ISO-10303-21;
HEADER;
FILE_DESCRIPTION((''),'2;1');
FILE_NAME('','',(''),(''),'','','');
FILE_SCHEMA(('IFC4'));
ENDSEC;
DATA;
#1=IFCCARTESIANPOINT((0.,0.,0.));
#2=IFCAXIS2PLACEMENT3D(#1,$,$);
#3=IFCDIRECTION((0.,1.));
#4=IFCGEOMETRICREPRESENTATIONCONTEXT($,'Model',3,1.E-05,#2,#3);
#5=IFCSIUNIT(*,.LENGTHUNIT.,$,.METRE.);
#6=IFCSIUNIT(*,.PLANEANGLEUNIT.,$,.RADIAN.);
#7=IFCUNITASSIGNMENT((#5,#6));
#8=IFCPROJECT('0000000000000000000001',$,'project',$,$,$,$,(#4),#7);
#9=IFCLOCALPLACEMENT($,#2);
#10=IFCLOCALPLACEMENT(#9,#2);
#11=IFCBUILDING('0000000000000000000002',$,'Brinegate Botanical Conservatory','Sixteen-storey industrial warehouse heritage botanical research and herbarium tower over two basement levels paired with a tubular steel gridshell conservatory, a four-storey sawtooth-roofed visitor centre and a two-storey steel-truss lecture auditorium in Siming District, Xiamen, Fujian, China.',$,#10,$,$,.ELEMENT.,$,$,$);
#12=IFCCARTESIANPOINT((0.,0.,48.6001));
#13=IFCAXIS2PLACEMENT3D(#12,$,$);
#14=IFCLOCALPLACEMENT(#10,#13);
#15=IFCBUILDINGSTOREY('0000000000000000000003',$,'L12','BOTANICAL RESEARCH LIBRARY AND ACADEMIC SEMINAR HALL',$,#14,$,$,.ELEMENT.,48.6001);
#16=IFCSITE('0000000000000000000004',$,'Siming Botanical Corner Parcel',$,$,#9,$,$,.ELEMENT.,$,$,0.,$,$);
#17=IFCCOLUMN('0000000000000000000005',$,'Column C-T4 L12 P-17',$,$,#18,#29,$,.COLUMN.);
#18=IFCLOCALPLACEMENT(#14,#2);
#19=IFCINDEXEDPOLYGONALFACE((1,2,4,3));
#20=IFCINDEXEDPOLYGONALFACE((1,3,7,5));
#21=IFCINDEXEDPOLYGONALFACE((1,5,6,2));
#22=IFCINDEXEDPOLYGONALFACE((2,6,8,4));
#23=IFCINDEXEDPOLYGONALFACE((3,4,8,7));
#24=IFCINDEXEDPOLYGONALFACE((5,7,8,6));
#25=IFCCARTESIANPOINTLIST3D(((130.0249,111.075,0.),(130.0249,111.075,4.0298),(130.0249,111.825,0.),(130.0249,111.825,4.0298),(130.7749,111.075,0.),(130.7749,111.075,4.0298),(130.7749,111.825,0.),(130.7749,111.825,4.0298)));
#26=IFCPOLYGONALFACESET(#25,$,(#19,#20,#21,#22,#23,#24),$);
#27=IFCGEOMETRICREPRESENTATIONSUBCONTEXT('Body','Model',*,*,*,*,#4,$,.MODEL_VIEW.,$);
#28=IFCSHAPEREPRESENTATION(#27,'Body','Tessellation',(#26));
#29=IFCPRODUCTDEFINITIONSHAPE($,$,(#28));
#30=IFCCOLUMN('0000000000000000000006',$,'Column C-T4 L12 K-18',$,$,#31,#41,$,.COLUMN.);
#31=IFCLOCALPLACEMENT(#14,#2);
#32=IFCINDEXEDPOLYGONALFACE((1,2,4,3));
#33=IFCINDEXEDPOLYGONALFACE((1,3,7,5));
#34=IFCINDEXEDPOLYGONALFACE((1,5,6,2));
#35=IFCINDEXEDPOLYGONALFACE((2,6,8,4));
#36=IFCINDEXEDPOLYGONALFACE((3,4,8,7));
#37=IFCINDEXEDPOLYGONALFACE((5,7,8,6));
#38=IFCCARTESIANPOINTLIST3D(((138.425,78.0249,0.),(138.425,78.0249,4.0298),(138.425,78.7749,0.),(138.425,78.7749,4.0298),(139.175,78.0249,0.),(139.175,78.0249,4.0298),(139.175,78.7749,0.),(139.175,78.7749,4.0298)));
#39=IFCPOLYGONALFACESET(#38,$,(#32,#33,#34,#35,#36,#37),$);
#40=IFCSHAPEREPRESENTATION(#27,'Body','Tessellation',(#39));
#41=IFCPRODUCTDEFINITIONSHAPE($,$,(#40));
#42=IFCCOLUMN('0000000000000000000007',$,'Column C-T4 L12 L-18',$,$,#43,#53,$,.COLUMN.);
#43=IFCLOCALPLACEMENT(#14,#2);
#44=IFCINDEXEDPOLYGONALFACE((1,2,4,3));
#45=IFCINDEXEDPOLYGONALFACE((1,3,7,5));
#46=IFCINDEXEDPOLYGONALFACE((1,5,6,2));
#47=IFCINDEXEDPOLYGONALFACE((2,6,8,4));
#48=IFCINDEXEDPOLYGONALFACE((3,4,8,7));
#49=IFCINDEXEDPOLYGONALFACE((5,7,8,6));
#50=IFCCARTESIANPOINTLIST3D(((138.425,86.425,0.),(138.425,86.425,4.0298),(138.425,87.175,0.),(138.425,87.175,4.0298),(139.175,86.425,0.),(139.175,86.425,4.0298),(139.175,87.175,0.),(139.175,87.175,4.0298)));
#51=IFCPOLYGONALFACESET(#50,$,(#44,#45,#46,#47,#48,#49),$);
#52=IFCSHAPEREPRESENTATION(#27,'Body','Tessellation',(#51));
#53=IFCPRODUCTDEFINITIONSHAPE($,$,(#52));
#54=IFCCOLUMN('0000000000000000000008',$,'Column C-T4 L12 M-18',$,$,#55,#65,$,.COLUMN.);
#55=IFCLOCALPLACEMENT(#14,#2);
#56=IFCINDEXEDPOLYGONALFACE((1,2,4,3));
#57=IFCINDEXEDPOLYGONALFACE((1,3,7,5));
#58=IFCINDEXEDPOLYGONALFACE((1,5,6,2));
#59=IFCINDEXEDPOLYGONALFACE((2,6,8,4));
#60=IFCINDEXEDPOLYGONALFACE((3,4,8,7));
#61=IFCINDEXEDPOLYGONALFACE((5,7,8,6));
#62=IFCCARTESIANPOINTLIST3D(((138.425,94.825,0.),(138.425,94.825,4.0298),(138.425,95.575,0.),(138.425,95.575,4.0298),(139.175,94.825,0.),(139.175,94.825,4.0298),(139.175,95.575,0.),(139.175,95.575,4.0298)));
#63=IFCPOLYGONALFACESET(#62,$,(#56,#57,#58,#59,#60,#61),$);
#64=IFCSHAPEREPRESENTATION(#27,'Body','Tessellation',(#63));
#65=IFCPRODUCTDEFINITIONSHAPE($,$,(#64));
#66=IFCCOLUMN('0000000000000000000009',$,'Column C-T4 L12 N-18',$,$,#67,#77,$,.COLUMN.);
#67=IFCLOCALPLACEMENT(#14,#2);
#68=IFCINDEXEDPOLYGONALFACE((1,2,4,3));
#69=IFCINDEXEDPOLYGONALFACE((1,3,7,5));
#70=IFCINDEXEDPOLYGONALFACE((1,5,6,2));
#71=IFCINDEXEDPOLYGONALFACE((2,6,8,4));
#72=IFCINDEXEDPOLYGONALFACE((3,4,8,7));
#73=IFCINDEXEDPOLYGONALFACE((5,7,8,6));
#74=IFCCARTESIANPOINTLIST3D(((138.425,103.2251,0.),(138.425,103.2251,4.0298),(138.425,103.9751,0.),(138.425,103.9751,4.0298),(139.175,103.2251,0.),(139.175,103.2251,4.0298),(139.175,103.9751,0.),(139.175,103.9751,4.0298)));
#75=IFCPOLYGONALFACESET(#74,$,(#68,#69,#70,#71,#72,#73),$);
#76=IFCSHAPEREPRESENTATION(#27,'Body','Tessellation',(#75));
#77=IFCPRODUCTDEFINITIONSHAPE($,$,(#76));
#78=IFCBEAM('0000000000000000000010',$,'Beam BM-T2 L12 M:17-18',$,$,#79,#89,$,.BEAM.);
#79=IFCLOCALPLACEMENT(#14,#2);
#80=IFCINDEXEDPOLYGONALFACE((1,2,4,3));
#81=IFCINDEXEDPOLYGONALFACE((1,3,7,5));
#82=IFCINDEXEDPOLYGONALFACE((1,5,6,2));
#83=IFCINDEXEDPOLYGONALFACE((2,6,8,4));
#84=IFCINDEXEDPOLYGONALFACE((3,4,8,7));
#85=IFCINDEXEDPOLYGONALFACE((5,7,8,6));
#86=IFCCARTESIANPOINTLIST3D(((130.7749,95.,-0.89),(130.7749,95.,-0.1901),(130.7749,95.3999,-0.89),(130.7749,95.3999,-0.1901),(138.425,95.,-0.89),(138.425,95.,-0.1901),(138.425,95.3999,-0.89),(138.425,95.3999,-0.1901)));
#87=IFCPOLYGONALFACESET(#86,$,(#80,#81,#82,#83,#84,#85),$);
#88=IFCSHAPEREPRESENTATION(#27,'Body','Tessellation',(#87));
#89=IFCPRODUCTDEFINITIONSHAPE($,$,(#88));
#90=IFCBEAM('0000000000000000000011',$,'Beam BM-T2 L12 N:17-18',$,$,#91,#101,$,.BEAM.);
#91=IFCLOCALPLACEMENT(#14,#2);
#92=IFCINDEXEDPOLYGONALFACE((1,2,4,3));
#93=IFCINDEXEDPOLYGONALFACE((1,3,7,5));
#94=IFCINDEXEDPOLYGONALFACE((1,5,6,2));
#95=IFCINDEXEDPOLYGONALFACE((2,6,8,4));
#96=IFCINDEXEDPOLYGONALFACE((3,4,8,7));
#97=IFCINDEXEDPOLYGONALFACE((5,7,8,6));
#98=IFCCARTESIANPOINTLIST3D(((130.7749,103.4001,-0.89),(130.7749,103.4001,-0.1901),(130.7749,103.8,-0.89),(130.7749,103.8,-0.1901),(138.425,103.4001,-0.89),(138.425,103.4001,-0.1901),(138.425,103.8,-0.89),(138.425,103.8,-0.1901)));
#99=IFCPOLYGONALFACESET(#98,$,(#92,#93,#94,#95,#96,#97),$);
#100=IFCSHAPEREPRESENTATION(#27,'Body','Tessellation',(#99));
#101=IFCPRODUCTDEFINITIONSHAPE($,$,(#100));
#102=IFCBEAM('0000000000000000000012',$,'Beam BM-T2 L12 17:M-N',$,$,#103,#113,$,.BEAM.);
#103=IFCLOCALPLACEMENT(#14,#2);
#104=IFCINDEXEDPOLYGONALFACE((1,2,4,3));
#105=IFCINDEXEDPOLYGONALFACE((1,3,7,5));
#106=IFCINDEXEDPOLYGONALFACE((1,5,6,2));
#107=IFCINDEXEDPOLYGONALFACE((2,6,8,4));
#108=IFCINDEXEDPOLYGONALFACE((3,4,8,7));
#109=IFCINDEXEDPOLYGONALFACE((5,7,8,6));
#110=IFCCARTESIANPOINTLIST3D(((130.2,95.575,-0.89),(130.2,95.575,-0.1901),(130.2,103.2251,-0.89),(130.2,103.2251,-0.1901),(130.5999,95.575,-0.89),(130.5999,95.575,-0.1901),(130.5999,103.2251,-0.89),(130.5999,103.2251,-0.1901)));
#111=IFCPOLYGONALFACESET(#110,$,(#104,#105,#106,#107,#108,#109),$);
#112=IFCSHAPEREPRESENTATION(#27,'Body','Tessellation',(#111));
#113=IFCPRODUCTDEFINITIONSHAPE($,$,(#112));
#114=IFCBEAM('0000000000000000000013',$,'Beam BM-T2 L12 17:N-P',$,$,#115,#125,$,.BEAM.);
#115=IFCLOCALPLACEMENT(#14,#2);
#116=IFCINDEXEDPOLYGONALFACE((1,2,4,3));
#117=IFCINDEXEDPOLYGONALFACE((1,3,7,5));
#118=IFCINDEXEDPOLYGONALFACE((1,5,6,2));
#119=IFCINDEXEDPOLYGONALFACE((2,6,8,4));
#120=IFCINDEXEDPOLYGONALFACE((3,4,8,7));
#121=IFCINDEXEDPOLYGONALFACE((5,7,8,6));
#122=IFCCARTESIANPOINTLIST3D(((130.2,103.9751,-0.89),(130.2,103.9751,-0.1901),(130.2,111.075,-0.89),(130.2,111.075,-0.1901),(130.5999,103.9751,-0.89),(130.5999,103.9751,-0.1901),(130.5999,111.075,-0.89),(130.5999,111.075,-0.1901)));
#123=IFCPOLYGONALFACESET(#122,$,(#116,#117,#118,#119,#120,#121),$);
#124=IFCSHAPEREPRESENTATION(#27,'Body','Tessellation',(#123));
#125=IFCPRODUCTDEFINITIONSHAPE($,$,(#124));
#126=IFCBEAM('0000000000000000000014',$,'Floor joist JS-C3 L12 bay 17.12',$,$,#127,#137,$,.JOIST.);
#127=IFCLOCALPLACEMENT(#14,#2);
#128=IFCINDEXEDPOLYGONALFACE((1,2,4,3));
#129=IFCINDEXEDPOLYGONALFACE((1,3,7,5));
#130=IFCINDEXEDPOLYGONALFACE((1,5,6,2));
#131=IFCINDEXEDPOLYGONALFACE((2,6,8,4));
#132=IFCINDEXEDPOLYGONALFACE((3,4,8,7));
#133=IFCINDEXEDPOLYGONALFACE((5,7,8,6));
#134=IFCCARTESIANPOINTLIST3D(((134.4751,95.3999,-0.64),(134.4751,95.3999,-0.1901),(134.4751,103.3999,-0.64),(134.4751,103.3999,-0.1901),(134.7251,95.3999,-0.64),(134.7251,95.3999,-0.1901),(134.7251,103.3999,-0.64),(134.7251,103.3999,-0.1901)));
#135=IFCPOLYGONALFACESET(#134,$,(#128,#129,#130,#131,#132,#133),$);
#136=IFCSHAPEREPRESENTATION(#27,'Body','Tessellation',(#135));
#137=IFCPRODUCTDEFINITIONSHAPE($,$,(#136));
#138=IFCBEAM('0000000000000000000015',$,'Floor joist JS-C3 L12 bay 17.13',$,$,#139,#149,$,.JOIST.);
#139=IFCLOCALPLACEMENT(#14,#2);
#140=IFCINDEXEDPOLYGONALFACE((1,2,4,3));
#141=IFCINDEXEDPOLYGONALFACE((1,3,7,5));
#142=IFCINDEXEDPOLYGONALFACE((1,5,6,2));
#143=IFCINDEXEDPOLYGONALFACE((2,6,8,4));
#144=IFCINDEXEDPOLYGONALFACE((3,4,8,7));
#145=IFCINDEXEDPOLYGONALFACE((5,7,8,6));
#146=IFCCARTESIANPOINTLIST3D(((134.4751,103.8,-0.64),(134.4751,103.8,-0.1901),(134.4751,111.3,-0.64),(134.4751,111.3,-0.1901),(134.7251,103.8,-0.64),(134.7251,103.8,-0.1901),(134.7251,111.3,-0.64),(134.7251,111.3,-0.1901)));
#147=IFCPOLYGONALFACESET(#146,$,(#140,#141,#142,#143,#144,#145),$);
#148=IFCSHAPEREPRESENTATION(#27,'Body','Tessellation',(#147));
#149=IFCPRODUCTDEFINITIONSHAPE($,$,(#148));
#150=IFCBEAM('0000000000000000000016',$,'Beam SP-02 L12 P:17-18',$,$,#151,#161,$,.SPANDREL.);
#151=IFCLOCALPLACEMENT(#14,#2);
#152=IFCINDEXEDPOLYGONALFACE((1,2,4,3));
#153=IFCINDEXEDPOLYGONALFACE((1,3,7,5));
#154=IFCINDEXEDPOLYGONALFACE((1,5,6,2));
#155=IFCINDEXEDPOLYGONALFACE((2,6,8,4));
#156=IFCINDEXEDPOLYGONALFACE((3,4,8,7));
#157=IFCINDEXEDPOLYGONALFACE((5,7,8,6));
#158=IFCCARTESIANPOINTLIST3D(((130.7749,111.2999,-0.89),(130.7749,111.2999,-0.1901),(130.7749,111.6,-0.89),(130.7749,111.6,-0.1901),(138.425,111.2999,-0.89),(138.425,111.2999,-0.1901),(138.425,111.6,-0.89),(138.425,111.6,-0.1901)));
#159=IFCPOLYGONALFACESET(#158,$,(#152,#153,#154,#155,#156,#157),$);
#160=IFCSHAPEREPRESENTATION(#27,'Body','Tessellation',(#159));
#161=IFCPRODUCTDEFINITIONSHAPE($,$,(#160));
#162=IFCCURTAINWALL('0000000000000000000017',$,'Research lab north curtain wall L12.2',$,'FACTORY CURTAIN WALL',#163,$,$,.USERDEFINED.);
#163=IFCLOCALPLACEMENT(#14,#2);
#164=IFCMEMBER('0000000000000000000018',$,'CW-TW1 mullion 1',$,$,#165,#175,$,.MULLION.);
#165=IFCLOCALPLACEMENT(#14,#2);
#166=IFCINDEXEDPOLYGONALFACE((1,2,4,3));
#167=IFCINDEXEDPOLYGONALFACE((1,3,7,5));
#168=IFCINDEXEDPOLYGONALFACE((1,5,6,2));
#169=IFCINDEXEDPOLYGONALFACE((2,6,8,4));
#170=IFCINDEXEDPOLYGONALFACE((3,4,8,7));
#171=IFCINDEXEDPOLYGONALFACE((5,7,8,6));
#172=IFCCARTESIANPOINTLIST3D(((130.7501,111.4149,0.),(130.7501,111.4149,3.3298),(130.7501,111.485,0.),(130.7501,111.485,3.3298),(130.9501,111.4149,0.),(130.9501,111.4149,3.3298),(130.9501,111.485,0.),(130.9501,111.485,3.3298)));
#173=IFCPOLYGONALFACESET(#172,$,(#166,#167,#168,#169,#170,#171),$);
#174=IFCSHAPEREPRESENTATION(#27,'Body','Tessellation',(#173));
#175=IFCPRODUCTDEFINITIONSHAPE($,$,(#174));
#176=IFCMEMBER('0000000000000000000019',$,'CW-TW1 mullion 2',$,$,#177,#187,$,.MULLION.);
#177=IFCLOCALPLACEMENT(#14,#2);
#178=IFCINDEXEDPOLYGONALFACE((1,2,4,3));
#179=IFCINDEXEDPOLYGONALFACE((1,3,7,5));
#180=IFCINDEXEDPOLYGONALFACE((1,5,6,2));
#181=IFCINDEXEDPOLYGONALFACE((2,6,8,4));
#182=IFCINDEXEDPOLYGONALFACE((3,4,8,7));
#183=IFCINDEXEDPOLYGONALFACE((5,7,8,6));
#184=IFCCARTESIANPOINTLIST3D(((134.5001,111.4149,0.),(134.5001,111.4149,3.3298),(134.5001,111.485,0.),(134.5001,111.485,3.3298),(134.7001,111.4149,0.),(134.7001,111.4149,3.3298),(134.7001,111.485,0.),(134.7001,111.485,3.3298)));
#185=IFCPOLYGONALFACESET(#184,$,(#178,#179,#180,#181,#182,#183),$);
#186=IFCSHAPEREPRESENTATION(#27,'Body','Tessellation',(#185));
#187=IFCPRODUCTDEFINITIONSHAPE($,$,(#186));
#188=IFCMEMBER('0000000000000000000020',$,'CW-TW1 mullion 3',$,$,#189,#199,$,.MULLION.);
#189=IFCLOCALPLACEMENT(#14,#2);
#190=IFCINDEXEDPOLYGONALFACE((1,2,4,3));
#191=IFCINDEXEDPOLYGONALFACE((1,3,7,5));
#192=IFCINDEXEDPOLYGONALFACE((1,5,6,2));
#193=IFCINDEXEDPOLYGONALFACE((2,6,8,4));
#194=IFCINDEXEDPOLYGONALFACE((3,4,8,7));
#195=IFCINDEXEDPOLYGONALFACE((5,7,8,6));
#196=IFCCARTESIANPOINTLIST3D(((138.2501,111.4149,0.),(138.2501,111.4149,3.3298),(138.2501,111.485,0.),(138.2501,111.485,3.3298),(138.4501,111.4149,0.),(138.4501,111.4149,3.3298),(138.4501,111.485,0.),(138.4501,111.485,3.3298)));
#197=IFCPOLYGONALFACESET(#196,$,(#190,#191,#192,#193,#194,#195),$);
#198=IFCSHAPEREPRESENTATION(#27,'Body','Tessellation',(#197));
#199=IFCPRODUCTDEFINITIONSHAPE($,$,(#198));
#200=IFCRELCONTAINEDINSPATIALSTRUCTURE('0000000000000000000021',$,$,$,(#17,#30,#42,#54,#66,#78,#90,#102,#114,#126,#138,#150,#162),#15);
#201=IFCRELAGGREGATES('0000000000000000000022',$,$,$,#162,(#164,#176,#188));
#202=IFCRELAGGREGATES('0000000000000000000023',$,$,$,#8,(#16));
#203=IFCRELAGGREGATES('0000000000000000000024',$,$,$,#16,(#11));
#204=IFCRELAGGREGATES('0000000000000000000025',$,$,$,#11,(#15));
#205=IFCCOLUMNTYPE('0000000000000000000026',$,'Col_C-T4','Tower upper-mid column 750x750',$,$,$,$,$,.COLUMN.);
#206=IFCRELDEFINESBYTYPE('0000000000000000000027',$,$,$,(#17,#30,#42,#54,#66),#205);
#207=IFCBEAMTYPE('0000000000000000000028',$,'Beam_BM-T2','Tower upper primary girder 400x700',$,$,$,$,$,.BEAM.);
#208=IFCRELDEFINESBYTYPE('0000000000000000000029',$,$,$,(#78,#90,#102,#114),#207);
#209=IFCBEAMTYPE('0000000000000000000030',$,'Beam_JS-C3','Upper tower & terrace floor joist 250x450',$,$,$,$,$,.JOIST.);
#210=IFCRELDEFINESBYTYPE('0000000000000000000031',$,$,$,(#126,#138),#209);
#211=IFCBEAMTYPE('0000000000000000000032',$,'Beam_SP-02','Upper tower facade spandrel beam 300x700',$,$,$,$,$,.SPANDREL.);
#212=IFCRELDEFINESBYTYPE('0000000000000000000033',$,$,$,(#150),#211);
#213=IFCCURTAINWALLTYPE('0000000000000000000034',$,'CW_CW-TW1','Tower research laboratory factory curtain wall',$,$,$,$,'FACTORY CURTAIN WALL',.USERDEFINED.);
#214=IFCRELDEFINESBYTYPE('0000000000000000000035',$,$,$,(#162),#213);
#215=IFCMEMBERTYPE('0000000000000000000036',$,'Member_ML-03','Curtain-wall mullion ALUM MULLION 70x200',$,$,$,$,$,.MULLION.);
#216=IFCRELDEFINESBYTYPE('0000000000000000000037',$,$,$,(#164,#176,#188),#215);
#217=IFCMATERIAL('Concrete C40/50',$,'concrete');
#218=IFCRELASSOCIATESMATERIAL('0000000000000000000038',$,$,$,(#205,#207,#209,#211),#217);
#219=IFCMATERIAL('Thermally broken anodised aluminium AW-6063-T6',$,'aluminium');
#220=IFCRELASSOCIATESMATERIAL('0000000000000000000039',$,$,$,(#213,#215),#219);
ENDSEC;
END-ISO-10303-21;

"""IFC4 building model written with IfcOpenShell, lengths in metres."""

from ifc_helpers import new_model, si_unit, direction, frame, origin, origin_2d, place, context, subcontext, project, spatial, rectangle, extrude, material, material_profile, profile_set, type_object, element, aggregate, save


model = new_model("IFC4")

# Units and contexts
model_context = context("Model", 3, precision=1e-05, world=origin(), true_north=direction((0.0, 1.0)))
body_context = subcontext(model_context, "Body", "Model", "MODEL_VIEW")
ifc_project = project(units=[si_unit("LENGTHUNIT", "METRE"), si_unit("PLANEANGLEUNIT", "RADIAN")], contexts=[model_context])

# Site, building, storey
site_placement = place(None, origin())
site = spatial("IfcSite", under=ifc_project, at=site_placement, Name="Siming Botanical Corner Parcel", CompositionType="ELEMENT", RefElevation=0.0)
building_placement = place(site_placement, origin())
building = spatial("IfcBuilding", under=site, at=building_placement, Name="Brinegate Botanical Conservatory", Description="Sixteen-storey industrial warehouse heritage botanical research and herbarium tower over two basement levels paired with a tubular steel gridshell conservatory, a four-storey sawtooth-roofed visitor centre and a two-storey steel-truss lecture auditorium in Siming District, Xiamen, Fujian, China.", CompositionType="ELEMENT")
storey_placement = place(building_placement, frame((0.0, 0.0, 48.6001)))
storey = spatial("IfcBuildingStorey", under=building, at=storey_placement, Name="L12", Description="BOTANICAL RESEARCH LIBRARY AND ACADEMIC SEMINAR HALL", CompositionType="ELEMENT", Elevation=48.6001)

# Columns
ifc_material_1 = material(Name="Concrete C40/50", Category="concrete")
ifc_material_profile_1 = material_profile(ifc_material_1, rectangle(XDim=0.75, YDim=0.75, at=origin_2d()), Name="RC COL 750x750")
ifc_profile_set_1 = profile_set([ifc_material_profile_1], Name="Concrete C40/50")
column_type = type_object("IfcColumnType", Name="Col_C-T4", Description="Tower upper-mid column 750x750", PredefinedType="COLUMN", material=ifc_profile_set_1)
for number, where, z_axis, x_axis, name in (
    (1, (130.3999, 111.45, 0.0), (0.0, 0.0, 1.0), (1.0, 0.0, 0.0), "Column C-T4 L12 P-17"),
    (2, (138.8, 78.3999, 0.0), (0.0, 0.0, 1.0), (1.0, 0.0, 0.0), "Column C-T4 L12 K-18"),
    (3, (138.8, 86.8, 0.0), (0.0, 0.0, 1.0), (1.0, 0.0, 0.0), "Column C-T4 L12 L-18"),
    (4, (138.8, 95.2, 0.0), (0.0, 0.0, 1.0), (1.0, 0.0, 0.0), "Column C-T4 L12 M-18"),
    (5, (138.8, 103.6001, 0.0), (0.0, 0.0, 1.0), (1.0, 0.0, 0.0), "Column C-T4 L12 N-18"),
):
    element("IfcColumn", number, at=place(storey_placement, frame(where, z_axis=z_axis, x_axis=x_axis)), inside=storey, type_object=column_type, Name=name, PredefinedType="COLUMN", context=body_context, shape_type="SweptSolid", body=[
        extrude(rectangle(XDim=0.75, YDim=0.75, at=origin_2d()), origin(), (0.0, 0.0, 1.0), 4.0298),
    ])

# Beams
ifc_material_profile_2 = material_profile(ifc_material_1, rectangle(XDim=0.3999, YDim=0.7, at=origin_2d()), Name="RC BM 400x700")
ifc_profile_set_2 = profile_set([ifc_material_profile_2], Name="Concrete C40/50")
beam_type_1 = type_object("IfcBeamType", Name="Beam_BM-T2", Description="Tower upper primary girder 400x700", PredefinedType="BEAM", material=ifc_profile_set_2)
for number, where, z_axis, x_axis, name in (
    (6, (130.7749, 95.2, -0.54), (1.0, 0.0, 0.0), (0.0, 1.0, 0.0), "Beam BM-T2 L12 M:17-18"),
    (7, (130.7749, 103.6001, -0.54), (1.0, 0.0, 0.0), (0.0, 1.0, 0.0), "Beam BM-T2 L12 N:17-18"),
    (8, (130.3999, 95.575, -0.54), (0.0, 1.0, 0.0), (-1.0, 0.0, 0.0), "Beam BM-T2 L12 17:M-N"),
):
    element("IfcBeam", number, at=place(storey_placement, frame(where, z_axis=z_axis, x_axis=x_axis)), inside=storey, type_object=beam_type_1, Name=name, PredefinedType="BEAM", context=body_context, shape_type="SweptSolid", body=[
        extrude(rectangle(XDim=0.3999, YDim=0.7, at=origin_2d()), origin(), (0.0, 0.0, 1.0), 7.6501),
    ])
beam_1_placement = place(storey_placement, frame((130.3999, 103.9751, -0.54), z_axis=(0.0, 1.0, 0.0), x_axis=(-1.0, 0.0, 0.0)))
element("IfcBeam", 9, at=beam_1_placement, inside=storey, type_object=beam_type_1, Name="Beam BM-T2 L12 17:N-P", PredefinedType="BEAM", context=body_context, shape_type="SweptSolid", body=[
    extrude(rectangle(XDim=0.3999, YDim=0.7, at=origin_2d()), origin(), (0.0, 0.0, 1.0), 7.0999),
])
ifc_material_profile_3 = material_profile(ifc_material_1, rectangle(XDim=0.25, YDim=0.45, at=origin_2d()), Name="RC JST 250x450")
ifc_profile_set_3 = profile_set([ifc_material_profile_3], Name="Concrete C40/50")
beam_type_2 = type_object("IfcBeamType", Name="Beam_JS-C3", Description="Upper tower & terrace floor joist 250x450", PredefinedType="JOIST", material=ifc_profile_set_3)
beam_2_placement = place(storey_placement, frame((134.6001, 95.3999, -0.415), z_axis=(0.0, 1.0, 0.0), x_axis=(-1.0, 0.0, 0.0)))
element("IfcBeam", 10, at=beam_2_placement, inside=storey, type_object=beam_type_2, Name="Floor joist JS-C3 L12 bay 17.12", PredefinedType="JOIST", context=body_context, shape_type="SweptSolid", body=[
    extrude(rectangle(XDim=0.25, YDim=0.45, at=origin_2d()), origin(), (0.0, 0.0, 1.0), 8.0),
])
beam_3_placement = place(storey_placement, frame((134.6001, 103.8, -0.415), z_axis=(0.0, 1.0, 0.0), x_axis=(-1.0, 0.0, 0.0)))
element("IfcBeam", 11, at=beam_3_placement, inside=storey, type_object=beam_type_2, Name="Floor joist JS-C3 L12 bay 17.13", PredefinedType="JOIST", context=body_context, shape_type="SweptSolid", body=[
    extrude(rectangle(XDim=0.25, YDim=0.45, at=origin_2d()), origin(), (0.0, 0.0, 1.0), 7.5),
])
ifc_material_profile_4 = material_profile(ifc_material_1, rectangle(XDim=0.3, YDim=0.7, at=origin_2d()), Name="RC SPN 300x700")
ifc_profile_set_4 = profile_set([ifc_material_profile_4], Name="Concrete C40/50")
beam_type_3 = type_object("IfcBeamType", Name="Beam_SP-02", Description="Upper tower facade spandrel beam 300x700", PredefinedType="SPANDREL", material=ifc_profile_set_4)
beam_4_placement = place(storey_placement, frame((130.7749, 111.45, -0.54), z_axis=(1.0, 0.0, 0.0), x_axis=(0.0, 1.0, 0.0)))
element("IfcBeam", 12, at=beam_4_placement, inside=storey, type_object=beam_type_3, Name="Beam SP-02 L12 P:17-18", PredefinedType="SPANDREL", context=body_context, shape_type="SweptSolid", body=[
    extrude(rectangle(XDim=0.3, YDim=0.7, at=origin_2d()), origin(), (0.0, 0.0, 1.0), 7.6501),
])

# Curtain wall, members
ifc_material_2 = material(Name="Thermally broken anodised aluminium AW-6063-T6", Category="aluminium")
curtain_wall_type = type_object("IfcCurtainWallType", Name="CW_CW-TW1", Description="Tower research laboratory factory curtain wall", ElementType="FACTORY CURTAIN WALL", PredefinedType="USERDEFINED", material=ifc_material_2)
curtain_wall_placement = place(storey_placement, origin())
curtain_wall = element("IfcCurtainWall", 13, at=curtain_wall_placement, inside=storey, type_object=curtain_wall_type, Name="Research lab north curtain wall L12.2", ObjectType="FACTORY CURTAIN WALL", PredefinedType="USERDEFINED")
ifc_material_profile_5 = material_profile(ifc_material_2, rectangle(XDim=0.0701, YDim=0.2, at=origin_2d()), Name="ALUM MULLION 70x200")
ifc_profile_set_5 = profile_set([ifc_material_profile_5], Name="Thermally broken anodised aluminium AW-6063-T6")
member_type_1 = type_object("IfcMemberType", Name="Member_ML-03", Description="Curtain-wall mullion ALUM MULLION 70x200", PredefinedType="MULLION", material=ifc_profile_set_5)
member_1_placement = place(storey_placement, frame((130.8501, 111.45, 0.0), z_axis=(0.0, 0.0, 1.0), x_axis=(0.0, 1.0, 0.0)))
member_1 = element("IfcMember", 14, at=member_1_placement, type_object=member_type_1, Name="CW-TW1 mullion 1", PredefinedType="MULLION", context=body_context, shape_type="SweptSolid", body=[
    extrude(rectangle(XDim=0.0701, YDim=0.2, at=origin_2d()), origin(), (0.0, 0.0, 1.0), 3.3298),
])
member_2_placement = place(storey_placement, frame((134.6001, 111.45, 0.0), z_axis=(0.0, 0.0, 1.0), x_axis=(0.0, 1.0, 0.0)))
member_2 = element("IfcMember", 15, at=member_2_placement, type_object=member_type_1, Name="CW-TW1 mullion 2", PredefinedType="MULLION", context=body_context, shape_type="SweptSolid", body=[
    extrude(rectangle(XDim=0.0701, YDim=0.2, at=origin_2d()), origin(), (0.0, 0.0, 1.0), 3.3298),
])
member_3_placement = place(storey_placement, frame((138.3501, 111.45, 0.0), z_axis=(0.0, 0.0, 1.0), x_axis=(0.0, 1.0, 0.0)))
member_3 = element("IfcMember", 16, at=member_3_placement, type_object=member_type_1, Name="CW-TW1 mullion 3", PredefinedType="MULLION", context=body_context, shape_type="SweptSolid", body=[
    extrude(rectangle(XDim=0.0701, YDim=0.2, at=origin_2d()), origin(), (0.0, 0.0, 1.0), 3.3298),
])
aggregate(curtain_wall, [member_1, member_2, member_3])

save(model, "model.ifc")
